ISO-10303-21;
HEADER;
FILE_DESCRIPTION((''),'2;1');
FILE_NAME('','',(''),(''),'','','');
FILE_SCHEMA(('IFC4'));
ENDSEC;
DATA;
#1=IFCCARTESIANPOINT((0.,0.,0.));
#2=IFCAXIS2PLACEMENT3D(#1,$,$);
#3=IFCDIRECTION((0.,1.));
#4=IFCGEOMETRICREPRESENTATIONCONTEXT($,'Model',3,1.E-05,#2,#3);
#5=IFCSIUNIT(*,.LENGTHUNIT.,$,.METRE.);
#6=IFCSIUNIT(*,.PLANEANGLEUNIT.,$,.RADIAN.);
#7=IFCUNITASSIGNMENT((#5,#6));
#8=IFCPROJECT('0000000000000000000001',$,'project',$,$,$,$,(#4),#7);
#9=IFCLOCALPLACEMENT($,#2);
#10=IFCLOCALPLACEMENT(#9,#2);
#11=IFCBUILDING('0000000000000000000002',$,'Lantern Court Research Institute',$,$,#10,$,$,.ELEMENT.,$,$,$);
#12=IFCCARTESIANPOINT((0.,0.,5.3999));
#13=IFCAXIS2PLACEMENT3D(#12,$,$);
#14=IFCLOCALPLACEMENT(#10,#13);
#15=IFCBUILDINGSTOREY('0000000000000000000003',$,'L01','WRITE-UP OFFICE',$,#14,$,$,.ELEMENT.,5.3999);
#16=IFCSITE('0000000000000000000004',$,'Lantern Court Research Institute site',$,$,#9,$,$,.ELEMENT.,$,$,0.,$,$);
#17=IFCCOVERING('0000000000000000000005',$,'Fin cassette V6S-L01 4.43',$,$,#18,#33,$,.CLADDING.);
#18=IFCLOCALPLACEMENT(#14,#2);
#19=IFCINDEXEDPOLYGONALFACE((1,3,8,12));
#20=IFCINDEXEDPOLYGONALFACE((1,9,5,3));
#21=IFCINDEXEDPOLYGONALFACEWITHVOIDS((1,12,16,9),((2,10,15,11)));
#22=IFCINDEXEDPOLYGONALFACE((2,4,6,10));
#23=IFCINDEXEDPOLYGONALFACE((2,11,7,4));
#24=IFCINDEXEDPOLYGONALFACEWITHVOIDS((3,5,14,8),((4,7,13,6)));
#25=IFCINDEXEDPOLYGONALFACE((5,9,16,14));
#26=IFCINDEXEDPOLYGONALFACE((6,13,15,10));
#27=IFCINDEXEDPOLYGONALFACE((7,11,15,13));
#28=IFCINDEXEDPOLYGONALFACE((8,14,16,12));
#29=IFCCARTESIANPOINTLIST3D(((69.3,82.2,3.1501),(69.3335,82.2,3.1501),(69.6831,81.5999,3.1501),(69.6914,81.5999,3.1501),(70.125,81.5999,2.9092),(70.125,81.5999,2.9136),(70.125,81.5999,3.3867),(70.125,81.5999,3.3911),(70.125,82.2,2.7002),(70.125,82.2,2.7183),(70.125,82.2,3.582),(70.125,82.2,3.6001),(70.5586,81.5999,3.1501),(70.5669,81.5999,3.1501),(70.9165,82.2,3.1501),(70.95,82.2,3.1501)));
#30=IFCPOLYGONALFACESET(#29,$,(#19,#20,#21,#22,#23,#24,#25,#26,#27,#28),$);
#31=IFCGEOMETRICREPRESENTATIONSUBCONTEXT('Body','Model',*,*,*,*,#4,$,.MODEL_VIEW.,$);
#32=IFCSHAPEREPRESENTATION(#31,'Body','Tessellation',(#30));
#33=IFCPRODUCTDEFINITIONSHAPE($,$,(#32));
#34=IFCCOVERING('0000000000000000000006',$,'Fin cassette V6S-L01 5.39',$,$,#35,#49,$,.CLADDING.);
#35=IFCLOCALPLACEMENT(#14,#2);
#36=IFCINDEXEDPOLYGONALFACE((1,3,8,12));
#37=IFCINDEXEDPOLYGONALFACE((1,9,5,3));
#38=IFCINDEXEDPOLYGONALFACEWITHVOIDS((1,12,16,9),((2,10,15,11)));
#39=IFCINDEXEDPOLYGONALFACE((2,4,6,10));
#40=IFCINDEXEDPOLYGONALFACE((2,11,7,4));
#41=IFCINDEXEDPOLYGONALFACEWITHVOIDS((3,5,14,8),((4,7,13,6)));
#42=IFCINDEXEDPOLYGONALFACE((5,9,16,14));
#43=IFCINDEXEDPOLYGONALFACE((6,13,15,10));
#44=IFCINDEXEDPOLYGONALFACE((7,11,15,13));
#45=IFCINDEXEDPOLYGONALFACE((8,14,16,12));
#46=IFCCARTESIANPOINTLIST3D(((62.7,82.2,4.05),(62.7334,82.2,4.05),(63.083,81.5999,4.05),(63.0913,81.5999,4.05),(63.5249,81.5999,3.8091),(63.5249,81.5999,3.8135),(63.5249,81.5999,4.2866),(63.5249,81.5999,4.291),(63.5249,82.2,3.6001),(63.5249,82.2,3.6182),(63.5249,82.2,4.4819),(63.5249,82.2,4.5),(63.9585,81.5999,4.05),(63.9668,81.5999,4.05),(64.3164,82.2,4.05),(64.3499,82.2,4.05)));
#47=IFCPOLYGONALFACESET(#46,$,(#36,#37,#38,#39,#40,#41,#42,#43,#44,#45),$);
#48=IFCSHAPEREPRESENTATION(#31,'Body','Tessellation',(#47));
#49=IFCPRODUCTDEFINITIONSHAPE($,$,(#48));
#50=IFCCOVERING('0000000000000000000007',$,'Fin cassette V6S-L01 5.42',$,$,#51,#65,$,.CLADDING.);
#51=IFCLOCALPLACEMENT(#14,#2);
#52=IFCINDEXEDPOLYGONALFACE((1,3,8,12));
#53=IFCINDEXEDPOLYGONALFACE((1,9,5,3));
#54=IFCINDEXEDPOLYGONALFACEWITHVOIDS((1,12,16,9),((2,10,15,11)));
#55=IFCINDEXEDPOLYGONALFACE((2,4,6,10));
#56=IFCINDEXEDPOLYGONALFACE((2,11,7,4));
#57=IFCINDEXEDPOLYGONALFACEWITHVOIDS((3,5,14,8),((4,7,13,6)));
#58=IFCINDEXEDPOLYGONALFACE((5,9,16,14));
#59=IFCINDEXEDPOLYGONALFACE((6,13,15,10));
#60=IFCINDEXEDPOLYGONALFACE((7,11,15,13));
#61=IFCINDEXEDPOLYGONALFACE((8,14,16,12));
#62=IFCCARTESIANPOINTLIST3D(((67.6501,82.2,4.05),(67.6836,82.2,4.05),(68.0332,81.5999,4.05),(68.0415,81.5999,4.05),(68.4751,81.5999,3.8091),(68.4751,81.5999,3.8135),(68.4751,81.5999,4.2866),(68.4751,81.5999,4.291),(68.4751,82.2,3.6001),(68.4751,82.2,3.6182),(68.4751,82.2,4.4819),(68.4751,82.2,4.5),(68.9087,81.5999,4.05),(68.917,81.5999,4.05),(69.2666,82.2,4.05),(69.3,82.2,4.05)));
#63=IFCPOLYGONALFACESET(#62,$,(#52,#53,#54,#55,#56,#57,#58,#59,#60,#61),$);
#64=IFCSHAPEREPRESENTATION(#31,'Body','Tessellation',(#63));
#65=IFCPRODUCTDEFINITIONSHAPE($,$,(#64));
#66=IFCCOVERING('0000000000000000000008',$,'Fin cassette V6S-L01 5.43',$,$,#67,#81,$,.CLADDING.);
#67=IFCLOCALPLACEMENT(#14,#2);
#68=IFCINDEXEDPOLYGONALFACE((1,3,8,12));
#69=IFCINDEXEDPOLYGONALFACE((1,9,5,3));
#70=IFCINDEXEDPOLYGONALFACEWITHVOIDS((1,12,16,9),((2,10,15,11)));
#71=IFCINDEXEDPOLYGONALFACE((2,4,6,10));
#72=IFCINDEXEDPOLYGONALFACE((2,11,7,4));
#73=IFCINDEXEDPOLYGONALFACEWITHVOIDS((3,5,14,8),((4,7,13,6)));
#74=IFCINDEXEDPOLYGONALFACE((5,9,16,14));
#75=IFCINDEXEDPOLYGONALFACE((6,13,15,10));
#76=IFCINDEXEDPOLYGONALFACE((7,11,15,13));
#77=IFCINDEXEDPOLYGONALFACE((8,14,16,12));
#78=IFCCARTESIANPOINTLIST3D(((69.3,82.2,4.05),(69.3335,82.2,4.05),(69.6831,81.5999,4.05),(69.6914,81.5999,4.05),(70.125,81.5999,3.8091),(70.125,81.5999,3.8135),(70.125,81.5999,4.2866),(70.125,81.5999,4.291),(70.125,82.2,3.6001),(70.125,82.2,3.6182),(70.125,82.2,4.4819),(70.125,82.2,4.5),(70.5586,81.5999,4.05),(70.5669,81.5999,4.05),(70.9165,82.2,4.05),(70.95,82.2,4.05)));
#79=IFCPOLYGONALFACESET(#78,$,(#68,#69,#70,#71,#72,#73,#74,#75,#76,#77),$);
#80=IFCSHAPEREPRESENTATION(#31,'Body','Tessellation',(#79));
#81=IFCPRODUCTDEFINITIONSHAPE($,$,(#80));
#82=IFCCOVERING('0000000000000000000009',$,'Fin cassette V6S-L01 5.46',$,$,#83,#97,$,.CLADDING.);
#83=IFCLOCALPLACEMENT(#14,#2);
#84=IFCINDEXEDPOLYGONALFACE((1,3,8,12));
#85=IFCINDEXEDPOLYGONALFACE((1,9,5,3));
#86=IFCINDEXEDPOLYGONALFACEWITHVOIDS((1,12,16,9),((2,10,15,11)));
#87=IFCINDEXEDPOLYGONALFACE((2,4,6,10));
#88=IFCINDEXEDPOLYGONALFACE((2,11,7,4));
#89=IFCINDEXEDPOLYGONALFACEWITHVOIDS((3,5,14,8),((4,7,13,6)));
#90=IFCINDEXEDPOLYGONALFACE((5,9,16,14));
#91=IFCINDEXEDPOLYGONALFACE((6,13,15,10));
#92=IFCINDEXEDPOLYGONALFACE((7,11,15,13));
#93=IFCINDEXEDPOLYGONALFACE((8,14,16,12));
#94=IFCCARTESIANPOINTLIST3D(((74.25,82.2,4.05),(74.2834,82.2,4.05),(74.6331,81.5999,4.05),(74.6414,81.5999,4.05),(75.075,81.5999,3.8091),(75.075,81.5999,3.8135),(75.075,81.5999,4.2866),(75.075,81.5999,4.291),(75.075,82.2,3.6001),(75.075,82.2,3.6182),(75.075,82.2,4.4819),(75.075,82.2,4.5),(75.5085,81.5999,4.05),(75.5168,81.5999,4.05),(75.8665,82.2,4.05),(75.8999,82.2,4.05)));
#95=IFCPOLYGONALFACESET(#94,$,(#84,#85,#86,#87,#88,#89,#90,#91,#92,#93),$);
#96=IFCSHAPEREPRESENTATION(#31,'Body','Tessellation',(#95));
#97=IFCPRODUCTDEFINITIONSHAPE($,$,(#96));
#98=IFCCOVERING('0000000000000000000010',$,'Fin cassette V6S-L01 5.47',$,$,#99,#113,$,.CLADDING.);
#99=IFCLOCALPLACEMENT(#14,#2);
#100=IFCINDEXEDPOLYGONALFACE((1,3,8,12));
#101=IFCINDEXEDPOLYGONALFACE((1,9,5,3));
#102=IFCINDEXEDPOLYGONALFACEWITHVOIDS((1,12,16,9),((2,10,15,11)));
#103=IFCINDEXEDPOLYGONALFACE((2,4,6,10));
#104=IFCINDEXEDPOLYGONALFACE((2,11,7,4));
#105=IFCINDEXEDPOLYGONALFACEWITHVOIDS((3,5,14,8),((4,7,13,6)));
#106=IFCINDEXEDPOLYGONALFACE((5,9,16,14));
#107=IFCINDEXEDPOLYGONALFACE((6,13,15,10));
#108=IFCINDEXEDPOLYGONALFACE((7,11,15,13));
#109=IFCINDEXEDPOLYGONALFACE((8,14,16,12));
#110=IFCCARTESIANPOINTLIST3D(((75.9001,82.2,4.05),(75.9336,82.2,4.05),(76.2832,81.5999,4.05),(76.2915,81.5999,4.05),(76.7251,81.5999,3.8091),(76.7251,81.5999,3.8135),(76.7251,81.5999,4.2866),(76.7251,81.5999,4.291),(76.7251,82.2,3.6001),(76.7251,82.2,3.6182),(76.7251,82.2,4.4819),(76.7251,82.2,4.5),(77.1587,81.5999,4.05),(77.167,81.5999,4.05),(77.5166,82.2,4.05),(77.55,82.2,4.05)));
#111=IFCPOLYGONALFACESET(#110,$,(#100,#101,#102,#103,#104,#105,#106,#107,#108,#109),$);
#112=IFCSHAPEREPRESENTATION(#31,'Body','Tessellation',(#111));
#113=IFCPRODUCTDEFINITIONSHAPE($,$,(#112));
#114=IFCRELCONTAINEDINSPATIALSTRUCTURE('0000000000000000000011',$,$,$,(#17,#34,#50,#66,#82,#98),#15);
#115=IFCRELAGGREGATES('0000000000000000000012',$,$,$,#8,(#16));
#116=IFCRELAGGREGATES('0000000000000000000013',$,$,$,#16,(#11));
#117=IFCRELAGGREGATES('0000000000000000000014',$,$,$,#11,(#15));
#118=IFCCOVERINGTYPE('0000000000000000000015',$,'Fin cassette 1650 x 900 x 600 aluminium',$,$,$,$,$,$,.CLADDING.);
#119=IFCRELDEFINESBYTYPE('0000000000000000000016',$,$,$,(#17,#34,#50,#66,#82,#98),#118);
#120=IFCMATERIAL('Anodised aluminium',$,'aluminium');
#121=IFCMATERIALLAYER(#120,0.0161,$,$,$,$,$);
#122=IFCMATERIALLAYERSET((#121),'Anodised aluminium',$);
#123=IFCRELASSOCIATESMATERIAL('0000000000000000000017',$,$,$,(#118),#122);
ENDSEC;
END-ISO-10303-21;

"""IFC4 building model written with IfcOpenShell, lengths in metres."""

from ifc_helpers import new_model, entity, si_unit, direction, frame, origin, place, context, subcontext, project, spatial, material, layer, layer_set, type_object, element, save


model = new_model("IFC4")

# Units and contexts
model_context = context("Model", 3, precision=1e-05, world=origin(), true_north=direction((0.0, 1.0)))
body_context = subcontext(model_context, "Body", "Model", "MODEL_VIEW")
ifc_project = project(units=[si_unit("LENGTHUNIT", "METRE"), si_unit("PLANEANGLEUNIT", "RADIAN")], contexts=[model_context])

# Site, building, storey
site_placement = place(None, origin())
site = spatial("IfcSite", under=ifc_project, at=site_placement, Name="Lantern Court Research Institute site", CompositionType="ELEMENT", RefElevation=0.0)
building_placement = place(site_placement, origin())
building = spatial("IfcBuilding", under=site, at=building_placement, Name="Lantern Court Research Institute", CompositionType="ELEMENT")
storey_placement = place(building_placement, frame((0.0, 0.0, 5.3999)))
storey = spatial("IfcBuildingStorey", under=building, at=storey_placement, Name="L01", Description="WRITE-UP OFFICE", CompositionType="ELEMENT", Elevation=5.3999)

# Coverings
ifc_material_1 = material(Name="Anodised aluminium", Category="aluminium")
ifc_layer_1 = layer(ifc_material_1, 0.0161)
ifc_layer_set_1 = layer_set([ifc_layer_1], Name="Anodised aluminium")
covering_type_1 = type_object("IfcCoveringType", Name="Fin cassette 1650 x 900 x 600 aluminium", PredefinedType="CLADDING", material=ifc_layer_set_1)
covering_1_placement = place(storey_placement, frame((70.125, 82.2, 3.1501), z_axis=(0.0, -1.0, 0.0), x_axis=(1.0, 0.0, 0.0)))
cartesian_point_1 = entity("IfcCartesianPoint", [0.825, 0.0])
cartesian_point_2 = entity("IfcCartesianPoint", [0.7915, 0.0])
cartesian_point_3 = entity("IfcCartesianPoint", [0.4419, 0.0])
cartesian_point_4 = entity("IfcCartesianPoint", [0.4336, 0.0])
element("IfcCovering", 1, at=covering_1_placement, inside=storey, type_object=covering_type_1, Name="Fin cassette V6S-L01 4.43", PredefinedType="CLADDING", context=body_context, shape_type="SweptSolid", body=[
    entity("IfcExtrudedAreaSolidTapered", entity("IfcArbitraryProfileDefWithVoids", "AREA", None, entity("IfcPolyline", [cartesian_point_1, entity("IfcCartesianPoint", [0.0, 0.45]), entity("IfcCartesianPoint", [-0.825, 0.0]), entity("IfcCartesianPoint", [0.0, -0.45]), cartesian_point_1]), [entity("IfcPolyline", [cartesian_point_2, entity("IfcCartesianPoint", [0.0, 0.4319]), entity("IfcCartesianPoint", [-0.7915, 0.0]), entity("IfcCartesianPoint", [0.0, -0.4319]), cartesian_point_2])]), entity("IfcAxis2Placement3D", entity("IfcCartesianPoint", [0.0, 0.0, 0.0])), entity("IfcDirection", [0.0, 0.0, 1.0]), 0.6001, entity("IfcArbitraryProfileDefWithVoids", "AREA", None, entity("IfcPolyline", [cartesian_point_3, entity("IfcCartesianPoint", [0.0, 0.241]), entity("IfcCartesianPoint", [-0.4419, 0.0]), entity("IfcCartesianPoint", [0.0, -0.241]), cartesian_point_3]), [entity("IfcPolyline", [cartesian_point_4, entity("IfcCartesianPoint", [0.0, 0.2366]), entity("IfcCartesianPoint", [-0.4336, 0.0]), entity("IfcCartesianPoint", [0.0, -0.2366]), cartesian_point_4])])),
])
covering_2_placement = place(storey_placement, frame((63.5249, 82.2, 4.05), z_axis=(0.0, -1.0, 0.0), x_axis=(1.0, 0.0, 0.0)))
cartesian_point_5 = entity("IfcCartesianPoint", [0.825, 0.0])
cartesian_point_6 = entity("IfcCartesianPoint", [0.7915, 0.0])
cartesian_point_7 = entity("IfcCartesianPoint", [0.4419, 0.0])
cartesian_point_8 = entity("IfcCartesianPoint", [0.4336, 0.0])
element("IfcCovering", 2, at=covering_2_placement, inside=storey, type_object=covering_type_1, Name="Fin cassette V6S-L01 5.39", PredefinedType="CLADDING", context=body_context, shape_type="SweptSolid", body=[
    entity("IfcExtrudedAreaSolidTapered", entity("IfcArbitraryProfileDefWithVoids", "AREA", None, entity("IfcPolyline", [cartesian_point_5, entity("IfcCartesianPoint", [0.0, 0.45]), entity("IfcCartesianPoint", [-0.825, 0.0]), entity("IfcCartesianPoint", [0.0, -0.45]), cartesian_point_5]), [entity("IfcPolyline", [cartesian_point_6, entity("IfcCartesianPoint", [0.0, 0.4319]), entity("IfcCartesianPoint", [-0.7915, 0.0]), entity("IfcCartesianPoint", [0.0, -0.4319]), cartesian_point_6])]), entity("IfcAxis2Placement3D", entity("IfcCartesianPoint", [0.0, 0.0, 0.0])), entity("IfcDirection", [0.0, 0.0, 1.0]), 0.6001, entity("IfcArbitraryProfileDefWithVoids", "AREA", None, entity("IfcPolyline", [cartesian_point_7, entity("IfcCartesianPoint", [0.0, 0.241]), entity("IfcCartesianPoint", [-0.4419, 0.0]), entity("IfcCartesianPoint", [0.0, -0.241]), cartesian_point_7]), [entity("IfcPolyline", [cartesian_point_8, entity("IfcCartesianPoint", [0.0, 0.2366]), entity("IfcCartesianPoint", [-0.4336, 0.0]), entity("IfcCartesianPoint", [0.0, -0.2366]), cartesian_point_8])])),
])
covering_3_placement = place(storey_placement, frame((68.4751, 82.2, 4.05), z_axis=(0.0, -1.0, 0.0), x_axis=(1.0, 0.0, 0.0)))
cartesian_point_9 = entity("IfcCartesianPoint", [0.825, 0.0])
cartesian_point_10 = entity("IfcCartesianPoint", [0.7915, 0.0])
cartesian_point_11 = entity("IfcCartesianPoint", [0.4419, 0.0])
cartesian_point_12 = entity("IfcCartesianPoint", [0.4336, 0.0])
element("IfcCovering", 3, at=covering_3_placement, inside=storey, type_object=covering_type_1, Name="Fin cassette V6S-L01 5.42", PredefinedType="CLADDING", context=body_context, shape_type="SweptSolid", body=[
    entity("IfcExtrudedAreaSolidTapered", entity("IfcArbitraryProfileDefWithVoids", "AREA", None, entity("IfcPolyline", [cartesian_point_9, entity("IfcCartesianPoint", [0.0, 0.45]), entity("IfcCartesianPoint", [-0.825, 0.0]), entity("IfcCartesianPoint", [0.0, -0.45]), cartesian_point_9]), [entity("IfcPolyline", [cartesian_point_10, entity("IfcCartesianPoint", [0.0, 0.4319]), entity("IfcCartesianPoint", [-0.7915, 0.0]), entity("IfcCartesianPoint", [0.0, -0.4319]), cartesian_point_10])]), entity("IfcAxis2Placement3D", entity("IfcCartesianPoint", [0.0, 0.0, 0.0])), entity("IfcDirection", [0.0, 0.0, 1.0]), 0.6001, entity("IfcArbitraryProfileDefWithVoids", "AREA", None, entity("IfcPolyline", [cartesian_point_11, entity("IfcCartesianPoint", [0.0, 0.241]), entity("IfcCartesianPoint", [-0.4419, 0.0]), entity("IfcCartesianPoint", [0.0, -0.241]), cartesian_point_11]), [entity("IfcPolyline", [cartesian_point_12, entity("IfcCartesianPoint", [0.0, 0.2366]), entity("IfcCartesianPoint", [-0.4336, 0.0]), entity("IfcCartesianPoint", [0.0, -0.2366]), cartesian_point_12])])),
])
covering_4_placement = place(storey_placement, frame((70.125, 82.2, 4.05), z_axis=(0.0, -1.0, 0.0), x_axis=(1.0, 0.0, 0.0)))
cartesian_point_13 = entity("IfcCartesianPoint", [0.825, 0.0])
cartesian_point_14 = entity("IfcCartesianPoint", [0.7915, 0.0])
cartesian_point_15 = entity("IfcCartesianPoint", [0.4419, 0.0])
cartesian_point_16 = entity("IfcCartesianPoint", [0.4336, 0.0])
element("IfcCovering", 4, at=covering_4_placement, inside=storey, type_object=covering_type_1, Name="Fin cassette V6S-L01 5.43", PredefinedType="CLADDING", context=body_context, shape_type="SweptSolid", body=[
    entity("IfcExtrudedAreaSolidTapered", entity("IfcArbitraryProfileDefWithVoids", "AREA", None, entity("IfcPolyline", [cartesian_point_13, entity("IfcCartesianPoint", [0.0, 0.45]), entity("IfcCartesianPoint", [-0.825, 0.0]), entity("IfcCartesianPoint", [0.0, -0.45]), cartesian_point_13]), [entity("IfcPolyline", [cartesian_point_14, entity("IfcCartesianPoint", [0.0, 0.4319]), entity("IfcCartesianPoint", [-0.7915, 0.0]), entity("IfcCartesianPoint", [0.0, -0.4319]), cartesian_point_14])]), entity("IfcAxis2Placement3D", entity("IfcCartesianPoint", [0.0, 0.0, 0.0])), entity("IfcDirection", [0.0, 0.0, 1.0]), 0.6001, entity("IfcArbitraryProfileDefWithVoids", "AREA", None, entity("IfcPolyline", [cartesian_point_15, entity("IfcCartesianPoint", [0.0, 0.241]), entity("IfcCartesianPoint", [-0.4419, 0.0]), entity("IfcCartesianPoint", [0.0, -0.241]), cartesian_point_15]), [entity("IfcPolyline", [cartesian_point_16, entity("IfcCartesianPoint", [0.0, 0.2366]), entity("IfcCartesianPoint", [-0.4336, 0.0]), entity("IfcCartesianPoint", [0.0, -0.2366]), cartesian_point_16])])),
])
covering_5_placement = place(storey_placement, frame((75.075, 82.2, 4.05), z_axis=(0.0, -1.0, 0.0), x_axis=(1.0, 0.0, 0.0)))
cartesian_point_17 = entity("IfcCartesianPoint", [0.825, 0.0])
cartesian_point_18 = entity("IfcCartesianPoint", [0.7915, 0.0])
cartesian_point_19 = entity("IfcCartesianPoint", [0.4419, 0.0])
cartesian_point_20 = entity("IfcCartesianPoint", [0.4336, 0.0])
element("IfcCovering", 5, at=covering_5_placement, inside=storey, type_object=covering_type_1, Name="Fin cassette V6S-L01 5.46", PredefinedType="CLADDING", context=body_context, shape_type="SweptSolid", body=[
    entity("IfcExtrudedAreaSolidTapered", entity("IfcArbitraryProfileDefWithVoids", "AREA", None, entity("IfcPolyline", [cartesian_point_17, entity("IfcCartesianPoint", [0.0, 0.45]), entity("IfcCartesianPoint", [-0.825, 0.0]), entity("IfcCartesianPoint", [0.0, -0.45]), cartesian_point_17]), [entity("IfcPolyline", [cartesian_point_18, entity("IfcCartesianPoint", [0.0, 0.4319]), entity("IfcCartesianPoint", [-0.7915, 0.0]), entity("IfcCartesianPoint", [0.0, -0.4319]), cartesian_point_18])]), entity("IfcAxis2Placement3D", entity("IfcCartesianPoint", [0.0, 0.0, 0.0])), entity("IfcDirection", [0.0, 0.0, 1.0]), 0.6001, entity("IfcArbitraryProfileDefWithVoids", "AREA", None, entity("IfcPolyline", [cartesian_point_19, entity("IfcCartesianPoint", [0.0, 0.241]), entity("IfcCartesianPoint", [-0.4419, 0.0]), entity("IfcCartesianPoint", [0.0, -0.241]), cartesian_point_19]), [entity("IfcPolyline", [cartesian_point_20, entity("IfcCartesianPoint", [0.0, 0.2366]), entity("IfcCartesianPoint", [-0.4336, 0.0]), entity("IfcCartesianPoint", [0.0, -0.2366]), cartesian_point_20])])),
])
covering_6_placement = place(storey_placement, frame((76.7251, 82.2, 4.05), z_axis=(0.0, -1.0, 0.0), x_axis=(1.0, 0.0, 0.0)))
cartesian_point_21 = entity("IfcCartesianPoint", [0.825, 0.0])
cartesian_point_22 = entity("IfcCartesianPoint", [0.7915, 0.0])
cartesian_point_23 = entity("IfcCartesianPoint", [0.4419, 0.0])
cartesian_point_24 = entity("IfcCartesianPoint", [0.4336, 0.0])
element("IfcCovering", 6, at=covering_6_placement, inside=storey, type_object=covering_type_1, Name="Fin cassette V6S-L01 5.47", PredefinedType="CLADDING", context=body_context, shape_type="SweptSolid", body=[
    entity("IfcExtrudedAreaSolidTapered", entity("IfcArbitraryProfileDefWithVoids", "AREA", None, entity("IfcPolyline", [cartesian_point_21, entity("IfcCartesianPoint", [0.0, 0.45]), entity("IfcCartesianPoint", [-0.825, 0.0]), entity("IfcCartesianPoint", [0.0, -0.45]), cartesian_point_21]), [entity("IfcPolyline", [cartesian_point_22, entity("IfcCartesianPoint", [0.0, 0.4319]), entity("IfcCartesianPoint", [-0.7915, 0.0]), entity("IfcCartesianPoint", [0.0, -0.4319]), cartesian_point_22])]), entity("IfcAxis2Placement3D", entity("IfcCartesianPoint", [0.0, 0.0, 0.0])), entity("IfcDirection", [0.0, 0.0, 1.0]), 0.6001, entity("IfcArbitraryProfileDefWithVoids", "AREA", None, entity("IfcPolyline", [cartesian_point_23, entity("IfcCartesianPoint", [0.0, 0.241]), entity("IfcCartesianPoint", [-0.4419, 0.0]), entity("IfcCartesianPoint", [0.0, -0.241]), cartesian_point_23]), [entity("IfcPolyline", [cartesian_point_24, entity("IfcCartesianPoint", [0.0, 0.2366]), entity("IfcCartesianPoint", [-0.4336, 0.0]), entity("IfcCartesianPoint", [0.0, -0.2366]), cartesian_point_24])])),
])

save(model, "model.ifc")
